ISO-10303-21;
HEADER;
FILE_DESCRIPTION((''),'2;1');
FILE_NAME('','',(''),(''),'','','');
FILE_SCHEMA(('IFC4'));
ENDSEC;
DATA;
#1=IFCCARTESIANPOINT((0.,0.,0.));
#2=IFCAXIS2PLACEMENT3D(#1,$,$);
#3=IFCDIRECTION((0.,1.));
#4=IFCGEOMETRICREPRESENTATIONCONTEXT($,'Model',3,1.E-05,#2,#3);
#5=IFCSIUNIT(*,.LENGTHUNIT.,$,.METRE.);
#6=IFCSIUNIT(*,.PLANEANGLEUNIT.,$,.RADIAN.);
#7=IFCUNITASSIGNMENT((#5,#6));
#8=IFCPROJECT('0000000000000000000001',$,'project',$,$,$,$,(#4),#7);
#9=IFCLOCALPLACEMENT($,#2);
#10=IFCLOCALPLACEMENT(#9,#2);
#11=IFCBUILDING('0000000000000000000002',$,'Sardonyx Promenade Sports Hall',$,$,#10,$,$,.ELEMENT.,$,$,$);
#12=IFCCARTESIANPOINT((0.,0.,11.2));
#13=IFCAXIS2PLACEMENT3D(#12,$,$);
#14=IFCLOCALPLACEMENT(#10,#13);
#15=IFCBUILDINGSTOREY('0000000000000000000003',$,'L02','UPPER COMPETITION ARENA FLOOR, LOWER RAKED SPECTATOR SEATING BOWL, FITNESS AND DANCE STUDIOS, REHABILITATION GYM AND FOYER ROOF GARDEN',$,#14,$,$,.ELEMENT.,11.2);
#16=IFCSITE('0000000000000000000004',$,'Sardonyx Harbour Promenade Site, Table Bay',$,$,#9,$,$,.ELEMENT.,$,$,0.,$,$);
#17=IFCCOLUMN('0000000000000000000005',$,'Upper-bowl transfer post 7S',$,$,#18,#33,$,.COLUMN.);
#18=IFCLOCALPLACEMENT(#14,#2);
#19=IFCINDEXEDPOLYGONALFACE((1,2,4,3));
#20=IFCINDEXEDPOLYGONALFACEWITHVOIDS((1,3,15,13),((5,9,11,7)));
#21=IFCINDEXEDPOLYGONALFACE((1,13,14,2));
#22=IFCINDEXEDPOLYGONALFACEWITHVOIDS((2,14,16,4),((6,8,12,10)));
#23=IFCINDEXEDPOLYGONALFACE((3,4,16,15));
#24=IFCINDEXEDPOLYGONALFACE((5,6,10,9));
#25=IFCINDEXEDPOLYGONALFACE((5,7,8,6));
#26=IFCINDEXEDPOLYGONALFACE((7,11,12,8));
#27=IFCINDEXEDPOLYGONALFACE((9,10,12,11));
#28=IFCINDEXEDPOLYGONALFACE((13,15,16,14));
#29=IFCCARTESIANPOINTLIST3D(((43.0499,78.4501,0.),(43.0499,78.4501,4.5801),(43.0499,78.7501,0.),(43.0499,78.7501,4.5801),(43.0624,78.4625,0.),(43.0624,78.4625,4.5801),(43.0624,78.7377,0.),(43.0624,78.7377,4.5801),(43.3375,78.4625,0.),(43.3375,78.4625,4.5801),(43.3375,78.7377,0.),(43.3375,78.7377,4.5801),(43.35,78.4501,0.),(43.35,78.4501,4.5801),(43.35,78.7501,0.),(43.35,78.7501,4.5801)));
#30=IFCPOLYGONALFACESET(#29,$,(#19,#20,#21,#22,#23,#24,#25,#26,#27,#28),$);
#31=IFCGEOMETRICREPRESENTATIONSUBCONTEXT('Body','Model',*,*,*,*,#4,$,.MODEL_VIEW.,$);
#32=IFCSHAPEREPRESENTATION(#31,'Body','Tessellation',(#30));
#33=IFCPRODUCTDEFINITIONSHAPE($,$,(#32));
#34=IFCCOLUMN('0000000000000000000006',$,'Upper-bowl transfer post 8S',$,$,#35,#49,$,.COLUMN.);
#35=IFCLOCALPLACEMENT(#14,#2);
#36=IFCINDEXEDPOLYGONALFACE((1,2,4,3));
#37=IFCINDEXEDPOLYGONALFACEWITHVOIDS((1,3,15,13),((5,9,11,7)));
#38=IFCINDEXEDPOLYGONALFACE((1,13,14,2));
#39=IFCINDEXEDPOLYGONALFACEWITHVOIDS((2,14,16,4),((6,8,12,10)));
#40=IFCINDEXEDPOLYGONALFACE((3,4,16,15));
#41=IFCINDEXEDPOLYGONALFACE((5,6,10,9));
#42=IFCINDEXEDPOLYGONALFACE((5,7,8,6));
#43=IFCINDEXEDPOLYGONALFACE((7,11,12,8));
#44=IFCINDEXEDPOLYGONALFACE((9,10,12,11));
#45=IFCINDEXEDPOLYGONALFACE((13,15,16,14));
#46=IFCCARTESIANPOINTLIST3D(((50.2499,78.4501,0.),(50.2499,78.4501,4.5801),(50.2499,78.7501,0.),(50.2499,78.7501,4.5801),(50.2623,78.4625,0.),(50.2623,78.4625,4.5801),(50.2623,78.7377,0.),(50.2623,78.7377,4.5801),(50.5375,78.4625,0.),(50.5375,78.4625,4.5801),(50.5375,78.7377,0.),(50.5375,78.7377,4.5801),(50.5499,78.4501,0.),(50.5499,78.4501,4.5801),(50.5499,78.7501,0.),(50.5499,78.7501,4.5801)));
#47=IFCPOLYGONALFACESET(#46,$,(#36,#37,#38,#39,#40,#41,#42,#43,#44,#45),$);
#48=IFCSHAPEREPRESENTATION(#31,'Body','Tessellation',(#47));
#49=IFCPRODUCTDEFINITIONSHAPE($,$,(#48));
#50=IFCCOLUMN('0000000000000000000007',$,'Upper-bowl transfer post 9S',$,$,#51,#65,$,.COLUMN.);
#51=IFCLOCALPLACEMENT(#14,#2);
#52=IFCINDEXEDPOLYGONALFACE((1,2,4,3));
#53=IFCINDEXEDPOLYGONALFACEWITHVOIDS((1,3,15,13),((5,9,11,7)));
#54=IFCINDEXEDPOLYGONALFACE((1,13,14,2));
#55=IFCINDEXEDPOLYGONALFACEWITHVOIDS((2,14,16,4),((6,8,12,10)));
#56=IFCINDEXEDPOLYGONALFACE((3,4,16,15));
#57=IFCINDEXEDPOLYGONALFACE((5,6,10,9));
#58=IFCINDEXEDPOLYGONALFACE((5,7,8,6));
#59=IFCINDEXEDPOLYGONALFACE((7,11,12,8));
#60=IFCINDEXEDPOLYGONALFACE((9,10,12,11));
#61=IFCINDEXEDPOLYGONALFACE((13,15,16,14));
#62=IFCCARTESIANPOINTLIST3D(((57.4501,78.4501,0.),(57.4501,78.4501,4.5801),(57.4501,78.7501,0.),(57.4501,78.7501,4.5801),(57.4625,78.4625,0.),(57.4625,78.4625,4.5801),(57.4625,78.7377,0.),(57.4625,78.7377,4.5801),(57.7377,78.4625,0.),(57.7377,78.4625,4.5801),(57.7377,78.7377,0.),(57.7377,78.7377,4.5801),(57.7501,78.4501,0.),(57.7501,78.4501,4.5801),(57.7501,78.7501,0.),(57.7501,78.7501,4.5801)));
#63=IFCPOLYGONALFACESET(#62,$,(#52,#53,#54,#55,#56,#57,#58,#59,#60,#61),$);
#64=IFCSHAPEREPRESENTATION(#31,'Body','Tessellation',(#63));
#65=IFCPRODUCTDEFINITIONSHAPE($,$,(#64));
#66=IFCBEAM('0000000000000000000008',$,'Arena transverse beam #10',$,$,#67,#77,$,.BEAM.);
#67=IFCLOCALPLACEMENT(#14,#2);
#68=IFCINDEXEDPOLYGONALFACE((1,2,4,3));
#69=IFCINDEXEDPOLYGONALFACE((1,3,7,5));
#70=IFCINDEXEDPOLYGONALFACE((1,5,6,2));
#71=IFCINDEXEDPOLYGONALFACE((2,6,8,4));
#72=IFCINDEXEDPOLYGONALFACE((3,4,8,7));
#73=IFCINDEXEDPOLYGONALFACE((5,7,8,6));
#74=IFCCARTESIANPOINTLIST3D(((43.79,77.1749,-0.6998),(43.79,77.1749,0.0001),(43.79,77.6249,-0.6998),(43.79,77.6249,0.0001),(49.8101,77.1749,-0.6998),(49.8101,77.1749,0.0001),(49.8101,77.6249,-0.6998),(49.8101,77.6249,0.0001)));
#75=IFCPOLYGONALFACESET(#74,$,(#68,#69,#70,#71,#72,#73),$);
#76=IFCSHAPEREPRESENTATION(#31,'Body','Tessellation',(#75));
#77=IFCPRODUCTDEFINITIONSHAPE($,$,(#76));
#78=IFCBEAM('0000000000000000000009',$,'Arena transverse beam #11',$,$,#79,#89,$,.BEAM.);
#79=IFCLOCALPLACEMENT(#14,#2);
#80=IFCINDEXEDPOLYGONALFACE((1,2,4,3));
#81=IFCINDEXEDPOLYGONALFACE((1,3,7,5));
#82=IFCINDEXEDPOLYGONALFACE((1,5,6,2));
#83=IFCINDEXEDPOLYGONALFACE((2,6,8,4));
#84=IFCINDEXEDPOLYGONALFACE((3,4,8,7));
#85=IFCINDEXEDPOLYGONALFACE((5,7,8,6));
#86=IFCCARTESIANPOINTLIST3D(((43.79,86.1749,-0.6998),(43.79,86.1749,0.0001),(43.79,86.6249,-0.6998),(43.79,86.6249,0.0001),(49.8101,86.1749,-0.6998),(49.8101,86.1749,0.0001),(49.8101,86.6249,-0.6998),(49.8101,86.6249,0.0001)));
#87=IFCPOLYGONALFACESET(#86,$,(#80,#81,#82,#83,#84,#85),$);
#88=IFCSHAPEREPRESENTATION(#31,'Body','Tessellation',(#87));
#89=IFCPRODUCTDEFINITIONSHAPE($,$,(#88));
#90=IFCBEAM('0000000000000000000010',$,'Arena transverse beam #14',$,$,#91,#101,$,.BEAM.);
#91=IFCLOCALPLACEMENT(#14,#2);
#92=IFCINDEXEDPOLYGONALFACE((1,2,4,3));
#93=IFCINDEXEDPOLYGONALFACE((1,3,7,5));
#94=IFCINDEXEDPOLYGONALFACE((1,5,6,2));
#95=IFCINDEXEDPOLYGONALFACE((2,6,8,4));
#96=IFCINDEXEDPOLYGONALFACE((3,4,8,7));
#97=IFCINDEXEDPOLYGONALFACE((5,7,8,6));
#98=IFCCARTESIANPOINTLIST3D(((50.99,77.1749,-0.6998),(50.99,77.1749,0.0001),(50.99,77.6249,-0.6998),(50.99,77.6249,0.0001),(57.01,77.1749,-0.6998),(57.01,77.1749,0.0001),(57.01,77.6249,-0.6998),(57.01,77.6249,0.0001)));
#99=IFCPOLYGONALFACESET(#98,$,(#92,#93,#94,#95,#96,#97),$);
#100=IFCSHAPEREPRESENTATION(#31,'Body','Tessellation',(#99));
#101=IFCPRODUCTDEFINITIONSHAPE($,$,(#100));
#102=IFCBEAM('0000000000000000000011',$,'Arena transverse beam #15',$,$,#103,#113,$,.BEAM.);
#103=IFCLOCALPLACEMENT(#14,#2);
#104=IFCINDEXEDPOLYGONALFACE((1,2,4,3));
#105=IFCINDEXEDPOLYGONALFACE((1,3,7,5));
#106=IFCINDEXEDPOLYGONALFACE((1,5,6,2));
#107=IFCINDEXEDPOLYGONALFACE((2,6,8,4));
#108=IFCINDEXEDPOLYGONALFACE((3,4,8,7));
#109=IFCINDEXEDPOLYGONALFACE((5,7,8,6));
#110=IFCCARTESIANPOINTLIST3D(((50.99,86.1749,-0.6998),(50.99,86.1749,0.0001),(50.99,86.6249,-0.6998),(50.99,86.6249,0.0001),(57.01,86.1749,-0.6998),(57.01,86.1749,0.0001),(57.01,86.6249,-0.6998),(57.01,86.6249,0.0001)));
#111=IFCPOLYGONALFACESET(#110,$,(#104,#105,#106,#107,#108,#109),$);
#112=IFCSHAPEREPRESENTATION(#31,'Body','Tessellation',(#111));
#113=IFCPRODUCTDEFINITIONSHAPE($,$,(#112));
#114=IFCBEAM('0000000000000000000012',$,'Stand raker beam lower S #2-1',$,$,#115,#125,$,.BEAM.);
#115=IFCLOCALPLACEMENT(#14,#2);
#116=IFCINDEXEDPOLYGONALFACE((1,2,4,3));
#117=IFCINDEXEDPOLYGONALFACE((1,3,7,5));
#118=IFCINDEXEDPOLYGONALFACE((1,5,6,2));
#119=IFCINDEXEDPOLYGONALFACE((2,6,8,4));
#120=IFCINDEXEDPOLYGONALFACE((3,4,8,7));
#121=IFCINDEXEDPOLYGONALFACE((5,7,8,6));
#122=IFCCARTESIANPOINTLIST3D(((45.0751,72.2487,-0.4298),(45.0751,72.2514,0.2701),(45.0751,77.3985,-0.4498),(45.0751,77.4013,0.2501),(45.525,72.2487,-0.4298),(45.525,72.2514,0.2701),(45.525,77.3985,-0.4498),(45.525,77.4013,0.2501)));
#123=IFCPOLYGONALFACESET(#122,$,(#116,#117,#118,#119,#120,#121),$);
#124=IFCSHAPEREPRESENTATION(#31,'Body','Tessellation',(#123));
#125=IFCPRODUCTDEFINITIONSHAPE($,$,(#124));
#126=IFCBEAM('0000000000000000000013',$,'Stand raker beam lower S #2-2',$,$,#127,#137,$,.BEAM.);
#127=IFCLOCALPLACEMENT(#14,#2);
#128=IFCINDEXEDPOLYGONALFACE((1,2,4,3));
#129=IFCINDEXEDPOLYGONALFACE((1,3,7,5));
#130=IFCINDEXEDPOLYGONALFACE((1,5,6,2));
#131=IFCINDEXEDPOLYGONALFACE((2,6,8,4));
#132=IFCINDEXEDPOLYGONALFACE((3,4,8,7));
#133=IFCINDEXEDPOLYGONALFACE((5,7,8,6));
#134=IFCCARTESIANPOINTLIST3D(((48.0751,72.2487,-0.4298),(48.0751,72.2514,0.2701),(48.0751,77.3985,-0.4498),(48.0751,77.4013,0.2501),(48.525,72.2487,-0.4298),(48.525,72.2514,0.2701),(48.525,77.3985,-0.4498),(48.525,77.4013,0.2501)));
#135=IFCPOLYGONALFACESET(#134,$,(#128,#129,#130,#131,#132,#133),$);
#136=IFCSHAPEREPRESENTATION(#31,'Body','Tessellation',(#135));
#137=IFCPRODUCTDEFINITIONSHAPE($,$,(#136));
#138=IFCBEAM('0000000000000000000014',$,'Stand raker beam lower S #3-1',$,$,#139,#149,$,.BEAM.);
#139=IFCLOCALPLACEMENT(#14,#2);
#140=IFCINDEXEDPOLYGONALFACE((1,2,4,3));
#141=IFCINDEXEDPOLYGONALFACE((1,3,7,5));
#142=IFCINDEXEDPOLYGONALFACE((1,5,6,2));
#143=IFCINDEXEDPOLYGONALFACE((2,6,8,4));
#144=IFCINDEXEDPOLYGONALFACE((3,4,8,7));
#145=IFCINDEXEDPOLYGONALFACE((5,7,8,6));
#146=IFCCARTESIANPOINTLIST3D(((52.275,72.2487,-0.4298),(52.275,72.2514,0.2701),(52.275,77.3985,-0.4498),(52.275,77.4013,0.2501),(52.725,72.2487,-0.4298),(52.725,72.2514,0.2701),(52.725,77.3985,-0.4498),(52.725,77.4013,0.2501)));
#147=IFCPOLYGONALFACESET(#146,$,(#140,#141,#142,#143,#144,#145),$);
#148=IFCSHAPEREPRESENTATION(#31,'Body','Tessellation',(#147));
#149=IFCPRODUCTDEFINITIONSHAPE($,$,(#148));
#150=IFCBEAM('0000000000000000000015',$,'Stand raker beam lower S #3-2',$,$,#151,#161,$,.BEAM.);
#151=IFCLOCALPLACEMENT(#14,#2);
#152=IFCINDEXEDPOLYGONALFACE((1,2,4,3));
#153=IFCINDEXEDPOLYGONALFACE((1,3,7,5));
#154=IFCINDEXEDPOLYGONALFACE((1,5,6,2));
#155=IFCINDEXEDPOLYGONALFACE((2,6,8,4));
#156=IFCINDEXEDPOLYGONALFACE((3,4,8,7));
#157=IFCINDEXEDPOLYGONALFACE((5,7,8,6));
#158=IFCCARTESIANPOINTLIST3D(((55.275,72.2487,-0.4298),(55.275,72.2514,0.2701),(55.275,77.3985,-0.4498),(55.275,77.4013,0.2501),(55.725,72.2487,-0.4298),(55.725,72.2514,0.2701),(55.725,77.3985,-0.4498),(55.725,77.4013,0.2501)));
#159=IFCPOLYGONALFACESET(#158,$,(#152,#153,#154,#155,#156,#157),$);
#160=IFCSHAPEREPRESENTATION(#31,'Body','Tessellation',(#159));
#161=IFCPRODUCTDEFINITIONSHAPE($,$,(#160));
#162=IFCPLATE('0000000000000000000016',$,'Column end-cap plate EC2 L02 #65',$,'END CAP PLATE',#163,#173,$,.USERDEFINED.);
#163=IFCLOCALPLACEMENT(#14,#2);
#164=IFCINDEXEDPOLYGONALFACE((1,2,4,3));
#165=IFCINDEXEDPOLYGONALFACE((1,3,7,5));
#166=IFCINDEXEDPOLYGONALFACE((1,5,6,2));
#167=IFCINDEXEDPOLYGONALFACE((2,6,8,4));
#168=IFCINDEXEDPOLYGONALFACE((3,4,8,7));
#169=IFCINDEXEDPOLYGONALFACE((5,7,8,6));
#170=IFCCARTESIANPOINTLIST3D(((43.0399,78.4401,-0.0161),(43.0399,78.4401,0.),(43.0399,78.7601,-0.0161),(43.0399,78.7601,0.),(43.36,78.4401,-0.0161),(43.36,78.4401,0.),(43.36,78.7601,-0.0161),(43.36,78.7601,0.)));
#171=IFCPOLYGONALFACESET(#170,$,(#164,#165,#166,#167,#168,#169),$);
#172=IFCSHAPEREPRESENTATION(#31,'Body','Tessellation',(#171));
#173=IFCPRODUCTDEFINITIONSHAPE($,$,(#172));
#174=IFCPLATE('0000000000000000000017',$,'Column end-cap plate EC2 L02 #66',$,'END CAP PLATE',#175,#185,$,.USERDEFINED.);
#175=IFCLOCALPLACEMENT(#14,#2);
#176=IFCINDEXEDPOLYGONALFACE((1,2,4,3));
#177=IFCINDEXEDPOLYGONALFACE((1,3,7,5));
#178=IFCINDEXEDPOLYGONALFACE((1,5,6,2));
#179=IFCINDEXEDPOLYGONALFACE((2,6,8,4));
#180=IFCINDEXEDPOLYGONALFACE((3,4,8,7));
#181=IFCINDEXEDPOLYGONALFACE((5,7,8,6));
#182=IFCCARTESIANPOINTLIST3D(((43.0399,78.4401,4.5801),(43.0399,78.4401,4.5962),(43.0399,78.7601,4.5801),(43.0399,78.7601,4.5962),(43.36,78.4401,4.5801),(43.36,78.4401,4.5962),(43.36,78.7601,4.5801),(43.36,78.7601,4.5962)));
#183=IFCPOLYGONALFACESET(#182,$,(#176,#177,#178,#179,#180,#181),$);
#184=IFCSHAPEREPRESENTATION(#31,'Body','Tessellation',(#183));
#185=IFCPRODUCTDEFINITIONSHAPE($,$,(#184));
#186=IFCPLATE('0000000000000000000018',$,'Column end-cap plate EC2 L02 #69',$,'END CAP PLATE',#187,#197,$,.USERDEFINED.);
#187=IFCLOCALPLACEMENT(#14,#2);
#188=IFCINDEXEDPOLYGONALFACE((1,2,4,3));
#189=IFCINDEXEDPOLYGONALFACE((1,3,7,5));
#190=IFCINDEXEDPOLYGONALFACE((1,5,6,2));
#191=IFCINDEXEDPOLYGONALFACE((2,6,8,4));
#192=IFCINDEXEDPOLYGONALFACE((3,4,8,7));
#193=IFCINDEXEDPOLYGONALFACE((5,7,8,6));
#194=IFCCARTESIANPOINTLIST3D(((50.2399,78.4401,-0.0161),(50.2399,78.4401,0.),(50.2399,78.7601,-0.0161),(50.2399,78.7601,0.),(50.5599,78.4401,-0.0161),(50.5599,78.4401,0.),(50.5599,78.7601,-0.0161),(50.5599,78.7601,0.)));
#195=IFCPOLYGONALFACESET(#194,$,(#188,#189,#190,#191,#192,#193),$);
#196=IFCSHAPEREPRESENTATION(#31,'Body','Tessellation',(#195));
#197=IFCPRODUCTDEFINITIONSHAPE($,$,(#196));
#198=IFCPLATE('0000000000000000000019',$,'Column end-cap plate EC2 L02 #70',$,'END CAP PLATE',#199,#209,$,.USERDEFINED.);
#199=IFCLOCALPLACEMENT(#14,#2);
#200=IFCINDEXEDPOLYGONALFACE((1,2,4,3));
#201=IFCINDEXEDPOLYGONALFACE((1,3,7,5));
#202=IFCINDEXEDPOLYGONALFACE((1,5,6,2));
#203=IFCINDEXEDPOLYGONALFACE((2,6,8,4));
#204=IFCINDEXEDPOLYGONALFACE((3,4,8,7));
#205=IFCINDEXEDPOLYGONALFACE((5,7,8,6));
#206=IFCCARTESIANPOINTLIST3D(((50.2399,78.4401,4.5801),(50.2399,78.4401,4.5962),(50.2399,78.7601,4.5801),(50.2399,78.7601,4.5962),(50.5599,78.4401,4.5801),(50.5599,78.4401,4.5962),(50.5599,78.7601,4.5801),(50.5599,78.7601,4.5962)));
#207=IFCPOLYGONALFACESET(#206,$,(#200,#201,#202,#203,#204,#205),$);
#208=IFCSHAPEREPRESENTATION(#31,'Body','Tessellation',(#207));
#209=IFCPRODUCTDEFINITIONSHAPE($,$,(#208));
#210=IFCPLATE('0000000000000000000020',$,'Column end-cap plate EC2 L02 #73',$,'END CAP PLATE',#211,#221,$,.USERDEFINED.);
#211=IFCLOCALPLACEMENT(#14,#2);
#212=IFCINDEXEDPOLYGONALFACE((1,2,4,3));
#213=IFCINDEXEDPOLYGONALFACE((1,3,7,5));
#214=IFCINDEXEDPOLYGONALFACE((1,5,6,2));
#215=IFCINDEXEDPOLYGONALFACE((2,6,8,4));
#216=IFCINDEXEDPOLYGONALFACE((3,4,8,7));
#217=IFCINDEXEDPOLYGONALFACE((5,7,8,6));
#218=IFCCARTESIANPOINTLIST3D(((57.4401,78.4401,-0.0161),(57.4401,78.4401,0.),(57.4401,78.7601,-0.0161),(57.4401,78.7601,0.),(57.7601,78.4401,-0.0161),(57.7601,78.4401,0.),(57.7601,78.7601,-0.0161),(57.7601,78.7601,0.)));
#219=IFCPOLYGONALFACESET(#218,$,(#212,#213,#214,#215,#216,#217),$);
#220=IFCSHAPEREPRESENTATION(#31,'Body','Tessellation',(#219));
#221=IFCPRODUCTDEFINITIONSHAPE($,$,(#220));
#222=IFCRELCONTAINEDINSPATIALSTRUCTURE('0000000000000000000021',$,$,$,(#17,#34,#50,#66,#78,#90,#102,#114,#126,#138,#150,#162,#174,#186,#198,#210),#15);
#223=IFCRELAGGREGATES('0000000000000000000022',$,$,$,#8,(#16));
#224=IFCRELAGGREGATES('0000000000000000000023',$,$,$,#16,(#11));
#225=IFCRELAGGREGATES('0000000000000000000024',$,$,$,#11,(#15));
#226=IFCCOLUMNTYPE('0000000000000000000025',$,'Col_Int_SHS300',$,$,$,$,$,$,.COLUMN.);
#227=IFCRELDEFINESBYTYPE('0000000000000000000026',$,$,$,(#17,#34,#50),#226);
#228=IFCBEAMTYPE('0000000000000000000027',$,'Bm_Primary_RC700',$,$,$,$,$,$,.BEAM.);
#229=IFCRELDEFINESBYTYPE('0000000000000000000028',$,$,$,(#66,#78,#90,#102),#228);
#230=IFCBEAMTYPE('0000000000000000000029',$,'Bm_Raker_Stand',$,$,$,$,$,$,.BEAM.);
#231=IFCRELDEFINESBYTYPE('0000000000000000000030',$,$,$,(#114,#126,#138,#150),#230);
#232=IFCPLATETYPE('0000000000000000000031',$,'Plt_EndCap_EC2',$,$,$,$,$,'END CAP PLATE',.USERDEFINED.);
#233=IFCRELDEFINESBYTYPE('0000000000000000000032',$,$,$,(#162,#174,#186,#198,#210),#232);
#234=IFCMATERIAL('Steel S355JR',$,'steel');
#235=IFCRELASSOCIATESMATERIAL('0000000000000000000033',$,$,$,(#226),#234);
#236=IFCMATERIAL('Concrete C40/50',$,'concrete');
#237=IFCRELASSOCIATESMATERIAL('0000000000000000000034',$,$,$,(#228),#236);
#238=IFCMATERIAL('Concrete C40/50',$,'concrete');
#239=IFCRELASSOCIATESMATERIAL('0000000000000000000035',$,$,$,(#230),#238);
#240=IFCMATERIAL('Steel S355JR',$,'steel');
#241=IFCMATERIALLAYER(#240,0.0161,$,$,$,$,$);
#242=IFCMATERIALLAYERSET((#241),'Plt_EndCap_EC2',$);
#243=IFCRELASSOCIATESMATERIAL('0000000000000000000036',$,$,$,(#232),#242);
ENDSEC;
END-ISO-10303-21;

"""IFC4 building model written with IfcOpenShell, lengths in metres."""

from ifc_helpers import new_model, si_unit, direction, frame, origin, origin_2d, place, context, subcontext, project, spatial, rectangle, hollow_rectangle, extrude, material, layer, layer_set, material_profile, profile_set, type_object, element, save


model = new_model("IFC4")

# Units and contexts
model_context = context("Model", 3, precision=1e-05, world=origin(), true_north=direction((0.0, 1.0)))
body_context = subcontext(model_context, "Body", "Model", "MODEL_VIEW")
ifc_project = project(units=[si_unit("LENGTHUNIT", "METRE"), si_unit("PLANEANGLEUNIT", "RADIAN")], contexts=[model_context])

# Site, building, storey
site_placement = place(None, origin())
site = spatial("IfcSite", under=ifc_project, at=site_placement, Name="Sardonyx Harbour Promenade Site, Table Bay", CompositionType="ELEMENT", RefElevation=0.0)
building_placement = place(site_placement, origin())
building = spatial("IfcBuilding", under=site, at=building_placement, Name="Sardonyx Promenade Sports Hall", CompositionType="ELEMENT")
storey_placement = place(building_placement, frame((0.0, 0.0, 11.2)))
storey = spatial("IfcBuildingStorey", under=building, at=storey_placement, Name="L02", Description="UPPER COMPETITION ARENA FLOOR, LOWER RAKED SPECTATOR SEATING BOWL, FITNESS AND DANCE STUDIOS, REHABILITATION GYM AND FOYER ROOF GARDEN", CompositionType="ELEMENT", Elevation=11.2)

# Columns
ifc_material_1 = material(Name="Steel S355JR", Category="steel")
ifc_material_profile_1 = material_profile(ifc_material_1, hollow_rectangle(XDim=0.3, YDim=0.3, WallThickness=0.0125, at=origin_2d()))
ifc_profile_set_1 = profile_set([ifc_material_profile_1], Name="Steel S355JR")
column_type = type_object("IfcColumnType", Name="Col_Int_SHS300", PredefinedType="COLUMN", material=ifc_profile_set_1)
for number, where, z_axis, x_axis, name in (
    (1, (43.2, 78.6001, 0.0), (0.0, 0.0, 1.0), (1.0, 0.0, 0.0), "Upper-bowl transfer post 7S"),
    (2, (50.3999, 78.6001, 0.0), (0.0, 0.0, 1.0), (1.0, 0.0, 0.0), "Upper-bowl transfer post 8S"),
    (3, (57.6001, 78.6001, 0.0), (0.0, 0.0, 1.0), (1.0, 0.0, 0.0), "Upper-bowl transfer post 9S"),
):
    element("IfcColumn", number, at=place(storey_placement, frame(where, z_axis=z_axis, x_axis=x_axis)), inside=storey, type_object=column_type, Name=name, PredefinedType="COLUMN", context=body_context, shape_type="SweptSolid", body=[
        extrude(hollow_rectangle(XDim=0.3, YDim=0.3, WallThickness=0.0125, at=origin_2d()), origin(), (0.0, 0.0, 1.0), 4.5801),
    ])

# Beams
ifc_material_2 = material(Name="Concrete C40/50", Category="concrete")
ifc_material_profile_2 = material_profile(ifc_material_2, rectangle(XDim=0.45, YDim=0.7, at=origin_2d()))
ifc_profile_set_2 = profile_set([ifc_material_profile_2], Name="Concrete C40/50")
beam_type_1 = type_object("IfcBeamType", Name="Bm_Primary_RC700", PredefinedType="BEAM", material=ifc_profile_set_2)
for number, where, z_axis, x_axis, name in (
    (4, (43.79, 77.3999, -0.3499), (1.0, 0.0, 0.0), (0.0, 1.0, 0.0), "Arena transverse beam #10"),
    (5, (43.79, 86.3999, -0.3499), (1.0, 0.0, 0.0), (0.0, 1.0, 0.0), "Arena transverse beam #11"),
    (6, (50.99, 77.3999, -0.3499), (1.0, 0.0, 0.0), (0.0, 1.0, 0.0), "Arena transverse beam #14"),
    (7, (50.99, 86.3999, -0.3499), (1.0, 0.0, 0.0), (0.0, 1.0, 0.0), "Arena transverse beam #15"),
):
    element("IfcBeam", number, at=place(storey_placement, frame(where, z_axis=z_axis, x_axis=x_axis)), inside=storey, type_object=beam_type_1, Name=name, PredefinedType="BEAM", context=body_context, shape_type="SweptSolid", body=[
        extrude(rectangle(XDim=0.45, YDim=0.7, at=origin_2d()), origin(), (0.0, 0.0, 1.0), 6.02),
    ])
ifc_material_3 = material(Name="Concrete C40/50", Category="concrete")
ifc_material_profile_3 = material_profile(ifc_material_3, rectangle(XDim=0.45, YDim=0.7, at=origin_2d()))
ifc_profile_set_3 = profile_set([ifc_material_profile_3], Name="Concrete C40/50")
beam_type_2 = type_object("IfcBeamType", Name="Bm_Raker_Stand", PredefinedType="BEAM", material=ifc_profile_set_3)
for number, where, z_axis, x_axis, name in (
    (8, (45.3, 77.3999, -0.0999), (0.0, -0.999992, 0.003887), (1.0, 0.0, 0.0), "Stand raker beam lower S #2-1"),
    (9, (48.3, 77.3999, -0.0999), (0.0, -0.999992, 0.003887), (1.0, 0.0, 0.0), "Stand raker beam lower S #2-2"),
    (10, (52.5, 77.3999, -0.0999), (0.0, -0.999992, 0.003887), (1.0, 0.0, 0.0), "Stand raker beam lower S #3-1"),
    (11, (55.5, 77.3999, -0.0999), (0.0, -0.999992, 0.003887), (1.0, 0.0, 0.0), "Stand raker beam lower S #3-2"),
):
    element("IfcBeam", number, at=place(storey_placement, frame(where, z_axis=z_axis, x_axis=x_axis)), inside=storey, type_object=beam_type_2, Name=name, PredefinedType="BEAM", context=body_context, shape_type="SweptSolid", body=[
        extrude(rectangle(XDim=0.45, YDim=0.7, at=origin_2d()), origin(), (0.0, 0.0, 1.0), 5.1499),
    ])

# Plates
ifc_material_4 = material(Name="Steel S355JR", Category="steel")
ifc_layer = layer(ifc_material_4, 0.0161)
ifc_layer_set = layer_set([ifc_layer], Name="Plt_EndCap_EC2")
plate_type = type_object("IfcPlateType", Name="Plt_EndCap_EC2", ElementType="END CAP PLATE", PredefinedType="USERDEFINED", material=ifc_layer_set)
for number, where, z_axis, x_axis, name in (
    (12, (43.2, 78.6001, -0.0161), (0.0, 0.0, 1.0), (1.0, 0.0, 0.0), "Column end-cap plate EC2 L02 #65"),
    (13, (43.2, 78.6001, 4.5801), (0.0, 0.0, 1.0), (1.0, 0.0, 0.0), "Column end-cap plate EC2 L02 #66"),
    (14, (50.3999, 78.6001, -0.0161), (0.0, 0.0, 1.0), (1.0, 0.0, 0.0), "Column end-cap plate EC2 L02 #69"),
    (15, (50.3999, 78.6001, 4.5801), (0.0, 0.0, 1.0), (1.0, 0.0, 0.0), "Column end-cap plate EC2 L02 #70"),
    (16, (57.6001, 78.6001, -0.0161), (0.0, 0.0, 1.0), (1.0, 0.0, 0.0), "Column end-cap plate EC2 L02 #73"),
):
    element("IfcPlate", number, at=place(storey_placement, frame(where, z_axis=z_axis, x_axis=x_axis)), inside=storey, type_object=plate_type, Name=name, ObjectType="END CAP PLATE", PredefinedType="USERDEFINED", context=body_context, shape_type="SweptSolid", body=[
        extrude(rectangle(XDim=0.3201, YDim=0.3201, at=origin_2d()), origin(), (0.0, 0.0, 1.0), 0.0161),
    ])

save(model, "model.ifc")
